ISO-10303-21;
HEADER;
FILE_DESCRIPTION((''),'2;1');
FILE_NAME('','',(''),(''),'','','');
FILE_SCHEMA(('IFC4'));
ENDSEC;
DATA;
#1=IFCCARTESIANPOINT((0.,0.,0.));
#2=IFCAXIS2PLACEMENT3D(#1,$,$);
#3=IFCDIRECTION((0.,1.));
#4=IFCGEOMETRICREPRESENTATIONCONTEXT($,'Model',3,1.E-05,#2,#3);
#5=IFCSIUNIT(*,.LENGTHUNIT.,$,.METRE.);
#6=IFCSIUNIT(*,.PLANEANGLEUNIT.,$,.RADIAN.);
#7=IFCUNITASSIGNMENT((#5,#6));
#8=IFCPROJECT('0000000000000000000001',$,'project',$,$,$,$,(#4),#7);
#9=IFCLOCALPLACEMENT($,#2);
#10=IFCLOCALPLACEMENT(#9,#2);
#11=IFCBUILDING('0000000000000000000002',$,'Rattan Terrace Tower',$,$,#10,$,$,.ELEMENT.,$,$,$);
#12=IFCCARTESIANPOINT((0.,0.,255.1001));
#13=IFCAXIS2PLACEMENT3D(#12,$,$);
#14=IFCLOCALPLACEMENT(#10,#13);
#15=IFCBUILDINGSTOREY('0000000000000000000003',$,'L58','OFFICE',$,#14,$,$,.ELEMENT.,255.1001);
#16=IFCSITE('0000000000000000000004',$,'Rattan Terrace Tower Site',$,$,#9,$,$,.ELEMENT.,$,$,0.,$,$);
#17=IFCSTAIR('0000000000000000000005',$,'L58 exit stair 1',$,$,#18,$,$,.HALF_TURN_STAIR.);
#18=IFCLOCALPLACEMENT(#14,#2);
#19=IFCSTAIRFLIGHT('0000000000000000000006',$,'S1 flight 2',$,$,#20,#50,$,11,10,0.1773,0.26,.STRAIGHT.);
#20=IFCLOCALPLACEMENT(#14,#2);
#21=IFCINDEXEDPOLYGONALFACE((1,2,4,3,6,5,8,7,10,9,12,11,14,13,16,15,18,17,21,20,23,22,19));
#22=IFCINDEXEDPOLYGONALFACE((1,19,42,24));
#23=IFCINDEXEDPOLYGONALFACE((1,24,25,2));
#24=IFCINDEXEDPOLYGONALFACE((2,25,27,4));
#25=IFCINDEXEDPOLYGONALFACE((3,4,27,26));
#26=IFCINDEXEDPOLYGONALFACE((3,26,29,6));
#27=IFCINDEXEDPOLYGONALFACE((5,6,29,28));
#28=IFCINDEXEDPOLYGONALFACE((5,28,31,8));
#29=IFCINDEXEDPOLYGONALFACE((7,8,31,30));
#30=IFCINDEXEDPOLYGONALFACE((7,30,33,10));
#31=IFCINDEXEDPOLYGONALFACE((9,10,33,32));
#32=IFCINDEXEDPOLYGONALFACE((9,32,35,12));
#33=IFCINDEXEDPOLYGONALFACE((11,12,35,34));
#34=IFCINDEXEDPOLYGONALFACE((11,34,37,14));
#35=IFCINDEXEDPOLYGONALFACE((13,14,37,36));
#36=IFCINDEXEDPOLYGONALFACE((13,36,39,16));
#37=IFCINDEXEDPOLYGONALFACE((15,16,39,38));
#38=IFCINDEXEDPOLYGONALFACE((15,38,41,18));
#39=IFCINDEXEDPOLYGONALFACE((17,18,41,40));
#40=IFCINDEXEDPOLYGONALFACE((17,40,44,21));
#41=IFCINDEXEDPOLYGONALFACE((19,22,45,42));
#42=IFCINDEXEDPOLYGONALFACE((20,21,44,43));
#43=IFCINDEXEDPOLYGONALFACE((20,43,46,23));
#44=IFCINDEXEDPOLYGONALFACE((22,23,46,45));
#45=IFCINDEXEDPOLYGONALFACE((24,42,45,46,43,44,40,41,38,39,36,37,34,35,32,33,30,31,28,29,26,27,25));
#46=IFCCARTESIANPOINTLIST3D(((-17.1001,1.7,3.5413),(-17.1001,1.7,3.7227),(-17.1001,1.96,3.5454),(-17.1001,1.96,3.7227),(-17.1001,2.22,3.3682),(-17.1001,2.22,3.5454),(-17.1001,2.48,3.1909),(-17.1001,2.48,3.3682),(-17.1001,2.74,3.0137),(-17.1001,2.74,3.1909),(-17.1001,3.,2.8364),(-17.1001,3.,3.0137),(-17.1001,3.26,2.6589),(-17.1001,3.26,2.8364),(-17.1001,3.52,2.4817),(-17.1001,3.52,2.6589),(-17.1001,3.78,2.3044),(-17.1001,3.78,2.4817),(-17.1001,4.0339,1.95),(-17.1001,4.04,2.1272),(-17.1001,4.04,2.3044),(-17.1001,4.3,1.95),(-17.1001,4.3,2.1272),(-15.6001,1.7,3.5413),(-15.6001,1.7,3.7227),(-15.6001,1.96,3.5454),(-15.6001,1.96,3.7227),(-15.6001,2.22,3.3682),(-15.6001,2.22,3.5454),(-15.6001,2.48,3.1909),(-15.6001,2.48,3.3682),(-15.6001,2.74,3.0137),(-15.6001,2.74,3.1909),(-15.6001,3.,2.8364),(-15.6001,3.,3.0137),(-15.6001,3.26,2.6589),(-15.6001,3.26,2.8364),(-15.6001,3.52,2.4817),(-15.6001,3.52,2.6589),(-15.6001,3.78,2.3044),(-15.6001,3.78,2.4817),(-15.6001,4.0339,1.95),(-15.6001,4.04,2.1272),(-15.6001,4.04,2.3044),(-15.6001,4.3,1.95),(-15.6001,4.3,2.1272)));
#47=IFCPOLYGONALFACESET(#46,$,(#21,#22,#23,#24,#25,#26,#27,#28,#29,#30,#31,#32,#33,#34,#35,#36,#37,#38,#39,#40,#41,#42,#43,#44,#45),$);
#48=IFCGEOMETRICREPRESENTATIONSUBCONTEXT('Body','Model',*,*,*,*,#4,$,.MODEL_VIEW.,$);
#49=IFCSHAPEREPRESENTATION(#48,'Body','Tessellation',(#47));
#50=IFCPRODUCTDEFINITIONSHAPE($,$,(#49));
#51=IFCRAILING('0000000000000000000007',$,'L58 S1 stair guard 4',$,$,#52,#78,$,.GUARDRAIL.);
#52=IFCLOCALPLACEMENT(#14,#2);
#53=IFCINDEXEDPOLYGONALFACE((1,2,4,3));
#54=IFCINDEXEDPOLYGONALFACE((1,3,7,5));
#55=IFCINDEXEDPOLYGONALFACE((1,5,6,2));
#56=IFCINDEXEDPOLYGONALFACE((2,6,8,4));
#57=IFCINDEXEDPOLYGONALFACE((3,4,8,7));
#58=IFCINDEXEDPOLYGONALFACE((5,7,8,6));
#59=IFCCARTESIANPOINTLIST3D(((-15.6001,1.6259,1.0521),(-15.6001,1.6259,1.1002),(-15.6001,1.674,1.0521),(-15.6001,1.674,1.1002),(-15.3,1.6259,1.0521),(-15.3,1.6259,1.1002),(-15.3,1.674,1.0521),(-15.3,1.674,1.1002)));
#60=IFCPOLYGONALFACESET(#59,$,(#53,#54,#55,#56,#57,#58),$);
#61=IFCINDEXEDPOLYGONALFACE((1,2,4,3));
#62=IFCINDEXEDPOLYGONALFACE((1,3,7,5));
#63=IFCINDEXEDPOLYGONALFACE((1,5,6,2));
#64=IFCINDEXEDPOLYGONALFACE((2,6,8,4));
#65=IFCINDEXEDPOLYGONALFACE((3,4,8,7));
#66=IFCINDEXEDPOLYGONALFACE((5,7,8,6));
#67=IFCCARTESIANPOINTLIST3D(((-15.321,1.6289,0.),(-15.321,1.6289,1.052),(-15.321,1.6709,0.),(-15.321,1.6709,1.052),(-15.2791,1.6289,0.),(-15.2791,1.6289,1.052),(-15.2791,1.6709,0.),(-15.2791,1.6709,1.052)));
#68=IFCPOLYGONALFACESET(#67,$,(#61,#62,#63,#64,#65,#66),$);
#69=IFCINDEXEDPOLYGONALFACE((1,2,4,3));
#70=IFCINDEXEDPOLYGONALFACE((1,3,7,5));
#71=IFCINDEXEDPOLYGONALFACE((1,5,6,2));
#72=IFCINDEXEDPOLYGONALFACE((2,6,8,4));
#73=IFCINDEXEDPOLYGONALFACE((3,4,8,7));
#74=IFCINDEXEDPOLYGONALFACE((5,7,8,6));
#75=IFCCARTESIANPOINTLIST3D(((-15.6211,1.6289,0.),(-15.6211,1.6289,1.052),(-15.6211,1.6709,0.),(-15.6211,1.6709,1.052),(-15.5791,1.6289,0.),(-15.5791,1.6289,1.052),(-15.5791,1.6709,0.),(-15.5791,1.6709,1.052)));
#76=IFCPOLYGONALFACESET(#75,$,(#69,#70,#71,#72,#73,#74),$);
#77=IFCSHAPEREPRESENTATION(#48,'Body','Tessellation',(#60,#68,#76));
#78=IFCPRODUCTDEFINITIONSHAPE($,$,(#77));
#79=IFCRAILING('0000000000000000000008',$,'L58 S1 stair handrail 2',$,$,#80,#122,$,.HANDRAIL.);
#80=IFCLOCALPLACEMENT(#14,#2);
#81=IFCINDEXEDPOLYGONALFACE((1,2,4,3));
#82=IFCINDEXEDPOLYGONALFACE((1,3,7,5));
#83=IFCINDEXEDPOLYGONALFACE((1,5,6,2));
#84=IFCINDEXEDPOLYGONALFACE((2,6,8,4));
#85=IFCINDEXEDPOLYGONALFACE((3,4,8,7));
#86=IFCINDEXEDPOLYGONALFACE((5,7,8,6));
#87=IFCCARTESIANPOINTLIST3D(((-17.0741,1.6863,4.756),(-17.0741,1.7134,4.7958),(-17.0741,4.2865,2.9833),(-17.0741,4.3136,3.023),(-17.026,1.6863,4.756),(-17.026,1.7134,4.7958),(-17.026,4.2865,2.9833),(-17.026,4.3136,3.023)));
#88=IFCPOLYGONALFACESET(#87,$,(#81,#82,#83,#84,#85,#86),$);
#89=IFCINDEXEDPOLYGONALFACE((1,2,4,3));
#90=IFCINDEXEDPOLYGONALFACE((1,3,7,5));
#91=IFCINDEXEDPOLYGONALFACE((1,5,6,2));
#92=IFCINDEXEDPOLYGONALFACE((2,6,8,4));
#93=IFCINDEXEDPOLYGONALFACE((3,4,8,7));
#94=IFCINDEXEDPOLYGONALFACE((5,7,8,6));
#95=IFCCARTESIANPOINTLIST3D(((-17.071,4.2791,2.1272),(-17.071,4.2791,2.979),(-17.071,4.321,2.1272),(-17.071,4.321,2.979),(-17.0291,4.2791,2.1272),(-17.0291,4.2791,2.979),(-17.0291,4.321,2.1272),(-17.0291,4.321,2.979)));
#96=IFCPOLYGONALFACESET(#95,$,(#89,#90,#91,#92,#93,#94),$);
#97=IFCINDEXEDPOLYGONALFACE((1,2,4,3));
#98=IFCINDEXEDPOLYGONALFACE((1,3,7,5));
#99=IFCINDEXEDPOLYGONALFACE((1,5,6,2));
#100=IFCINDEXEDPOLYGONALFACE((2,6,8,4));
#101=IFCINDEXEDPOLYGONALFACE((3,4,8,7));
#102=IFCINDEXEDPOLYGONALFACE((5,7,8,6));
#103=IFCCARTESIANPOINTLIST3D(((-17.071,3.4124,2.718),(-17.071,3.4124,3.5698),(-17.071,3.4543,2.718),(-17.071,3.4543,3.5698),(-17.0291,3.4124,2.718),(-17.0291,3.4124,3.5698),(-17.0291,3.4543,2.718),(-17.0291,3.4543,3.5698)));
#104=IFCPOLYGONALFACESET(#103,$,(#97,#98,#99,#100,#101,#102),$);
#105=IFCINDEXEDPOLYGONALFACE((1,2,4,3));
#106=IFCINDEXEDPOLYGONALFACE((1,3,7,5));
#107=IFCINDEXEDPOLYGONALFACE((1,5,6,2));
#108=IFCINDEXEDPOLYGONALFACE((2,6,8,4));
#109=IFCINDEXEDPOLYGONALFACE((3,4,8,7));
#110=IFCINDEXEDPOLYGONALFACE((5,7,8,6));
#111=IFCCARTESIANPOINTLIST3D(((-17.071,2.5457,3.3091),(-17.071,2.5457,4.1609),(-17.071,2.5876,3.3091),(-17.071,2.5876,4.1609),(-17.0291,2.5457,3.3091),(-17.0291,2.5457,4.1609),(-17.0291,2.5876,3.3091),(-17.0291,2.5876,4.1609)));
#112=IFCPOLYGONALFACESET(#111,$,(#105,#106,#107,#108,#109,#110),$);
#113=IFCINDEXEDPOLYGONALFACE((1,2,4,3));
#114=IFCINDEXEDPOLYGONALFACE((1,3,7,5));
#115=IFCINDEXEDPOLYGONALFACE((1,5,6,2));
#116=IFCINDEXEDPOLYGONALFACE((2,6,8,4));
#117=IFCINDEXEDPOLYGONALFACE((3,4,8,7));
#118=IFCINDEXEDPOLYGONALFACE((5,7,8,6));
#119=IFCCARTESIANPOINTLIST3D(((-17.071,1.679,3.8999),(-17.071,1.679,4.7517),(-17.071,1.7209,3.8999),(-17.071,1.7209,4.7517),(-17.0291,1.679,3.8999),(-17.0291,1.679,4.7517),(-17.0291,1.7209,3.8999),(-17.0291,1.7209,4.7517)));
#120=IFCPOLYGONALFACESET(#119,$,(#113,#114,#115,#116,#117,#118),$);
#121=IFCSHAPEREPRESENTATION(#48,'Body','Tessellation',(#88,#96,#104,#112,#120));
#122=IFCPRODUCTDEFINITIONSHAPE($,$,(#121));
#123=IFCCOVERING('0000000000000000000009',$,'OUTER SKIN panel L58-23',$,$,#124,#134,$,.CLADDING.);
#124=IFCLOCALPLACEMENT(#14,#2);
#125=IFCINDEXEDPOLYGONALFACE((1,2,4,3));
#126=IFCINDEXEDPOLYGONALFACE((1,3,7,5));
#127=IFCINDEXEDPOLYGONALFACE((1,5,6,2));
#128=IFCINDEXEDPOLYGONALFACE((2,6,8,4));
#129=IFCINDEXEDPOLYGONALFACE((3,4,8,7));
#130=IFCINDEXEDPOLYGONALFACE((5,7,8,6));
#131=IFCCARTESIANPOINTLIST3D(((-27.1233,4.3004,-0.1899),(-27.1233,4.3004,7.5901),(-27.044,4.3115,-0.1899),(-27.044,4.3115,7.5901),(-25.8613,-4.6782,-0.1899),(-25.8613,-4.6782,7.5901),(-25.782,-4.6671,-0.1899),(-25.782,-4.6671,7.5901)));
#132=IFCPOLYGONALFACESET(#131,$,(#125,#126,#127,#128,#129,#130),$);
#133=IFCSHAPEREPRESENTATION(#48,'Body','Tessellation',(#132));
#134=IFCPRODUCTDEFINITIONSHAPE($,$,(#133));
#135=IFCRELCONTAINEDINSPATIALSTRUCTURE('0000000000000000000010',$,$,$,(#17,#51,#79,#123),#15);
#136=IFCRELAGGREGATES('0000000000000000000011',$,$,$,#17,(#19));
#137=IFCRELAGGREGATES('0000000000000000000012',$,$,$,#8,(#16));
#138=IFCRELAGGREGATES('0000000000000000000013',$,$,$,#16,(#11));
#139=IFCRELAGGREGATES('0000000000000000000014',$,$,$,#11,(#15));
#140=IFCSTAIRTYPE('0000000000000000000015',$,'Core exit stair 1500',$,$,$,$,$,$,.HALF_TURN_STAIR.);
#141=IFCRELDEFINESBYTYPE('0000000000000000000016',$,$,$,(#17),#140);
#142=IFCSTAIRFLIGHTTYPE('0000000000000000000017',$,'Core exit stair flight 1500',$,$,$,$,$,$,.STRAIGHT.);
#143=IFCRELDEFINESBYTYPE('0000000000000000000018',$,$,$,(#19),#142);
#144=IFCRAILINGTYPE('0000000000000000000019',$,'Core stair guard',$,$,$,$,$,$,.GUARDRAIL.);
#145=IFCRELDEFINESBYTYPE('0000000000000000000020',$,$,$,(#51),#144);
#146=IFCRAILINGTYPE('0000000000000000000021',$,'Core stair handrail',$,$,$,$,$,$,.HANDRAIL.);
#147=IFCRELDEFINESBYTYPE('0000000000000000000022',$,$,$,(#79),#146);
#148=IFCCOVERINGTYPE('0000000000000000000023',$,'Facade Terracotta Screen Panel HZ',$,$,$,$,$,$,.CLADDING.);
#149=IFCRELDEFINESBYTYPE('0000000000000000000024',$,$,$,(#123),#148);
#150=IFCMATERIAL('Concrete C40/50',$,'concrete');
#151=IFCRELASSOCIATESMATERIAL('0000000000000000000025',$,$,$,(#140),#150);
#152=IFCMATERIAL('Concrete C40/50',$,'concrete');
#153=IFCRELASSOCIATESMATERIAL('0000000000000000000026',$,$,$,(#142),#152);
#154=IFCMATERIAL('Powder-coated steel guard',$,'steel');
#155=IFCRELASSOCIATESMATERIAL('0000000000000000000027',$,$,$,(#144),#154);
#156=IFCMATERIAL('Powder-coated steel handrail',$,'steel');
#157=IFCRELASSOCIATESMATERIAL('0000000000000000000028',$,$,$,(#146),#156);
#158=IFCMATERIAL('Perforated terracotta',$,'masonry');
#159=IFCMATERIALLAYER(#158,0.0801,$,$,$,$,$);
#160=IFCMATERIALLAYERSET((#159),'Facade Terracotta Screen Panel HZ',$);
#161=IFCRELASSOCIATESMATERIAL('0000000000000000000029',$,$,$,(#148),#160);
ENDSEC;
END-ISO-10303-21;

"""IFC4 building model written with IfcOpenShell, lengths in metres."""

from ifc_helpers import new_model, si_unit, direction, frame, origin, origin_2d, place, context, subcontext, project, spatial, polyline, rectangle, outline, extrude, material, layer, layer_set, type_object, element, aggregate, save


model = new_model("IFC4")

# Units and contexts
model_context = context("Model", 3, precision=1e-05, world=origin(), true_north=direction((0.0, 1.0)))
body_context = subcontext(model_context, "Body", "Model", "MODEL_VIEW")
ifc_project = project(units=[si_unit("LENGTHUNIT", "METRE"), si_unit("PLANEANGLEUNIT", "RADIAN")], contexts=[model_context])

# Site, building, storey
site_placement = place(None, origin())
site = spatial("IfcSite", under=ifc_project, at=site_placement, Name="Rattan Terrace Tower Site", CompositionType="ELEMENT", RefElevation=0.0)
building_placement = place(site_placement, origin())
building = spatial("IfcBuilding", under=site, at=building_placement, Name="Rattan Terrace Tower", CompositionType="ELEMENT")
storey_placement = place(building_placement, frame((0.0, 0.0, 255.1001)))
storey = spatial("IfcBuildingStorey", under=building, at=storey_placement, Name="L58", Description="OFFICE", CompositionType="ELEMENT", Elevation=255.1001)

# Stair, stair flight
ifc_material_1 = material(Name="Concrete C40/50", Category="concrete")
stair_type = type_object("IfcStairType", Name="Core exit stair 1500", PredefinedType="HALF_TURN_STAIR", material=ifc_material_1)
stair_placement = place(storey_placement, origin())
stair = element("IfcStair", 1, at=stair_placement, inside=storey, type_object=stair_type, Name="L58 exit stair 1", PredefinedType="HALF_TURN_STAIR")
ifc_material_2 = material(Name="Concrete C40/50", Category="concrete")
stair_flight_type = type_object("IfcStairFlightType", Name="Core exit stair flight 1500", PredefinedType="STRAIGHT", material=ifc_material_2)
stair_flight_placement = place(storey_placement, frame((-16.3501, 4.3, 1.95), z_axis=(0.0, 0.0, 1.0), x_axis=(0.0, -1.0, 0.0)))
stair_flight = element("IfcStairFlight", 2, at=stair_flight_placement, type_object=stair_flight_type, Name="S1 flight 2", NumberOfRisers=11, NumberOfTreads=10, PredefinedType="STRAIGHT", RiserHeight=0.1773, TreadLength=0.26, context=body_context, shape_type="SweptSolid", body=[
    extrude(outline(polyline([(0.0, 0.0), (0.0, 0.1772), (0.26, 0.1772), (0.26, 0.3545), (0.52, 0.3545), (0.52, 0.5317), (0.78, 0.5317), (0.78, 0.709), (1.04, 0.709), (1.04, 0.8865), (1.3, 0.8865), (1.3, 1.0637), (1.5601, 1.0637), (1.5601, 1.241), (1.8201, 1.241), (1.8201, 1.4182), (2.0801, 1.4182), (2.0801, 1.5955), (2.3401, 1.5955), (2.3401, 1.7727), (2.6001, 1.7727), (2.6001, 1.95), (2.6001, 1.5913), (0.2661, 0.0), (0.0, 0.0)])), frame((0.0, 0.75, 0.0), z_axis=(0.0, -1.0, 0.0), x_axis=(1.0, 0.0, 0.0)), (0.0, 0.0, 1.0), 1.5),
])
aggregate(stair, [stair_flight])

# Railings
ifc_material_3 = material(Name="Powder-coated steel guard", Category="steel")
railing_type_1 = type_object("IfcRailingType", Name="Core stair guard", PredefinedType="GUARDRAIL", material=ifc_material_3)
railing_1_placement = place(storey_placement, frame((-15.3, 1.6499, 0.0)))
element("IfcRailing", 3, at=railing_1_placement, inside=storey, type_object=railing_type_1, Name="L58 S1 stair guard 4", PredefinedType="GUARDRAIL", context=body_context, shape_type="SweptSolid", body=[
    extrude(rectangle(XDim=0.0481, YDim=0.0481, at=origin_2d()), frame((0.0, 0.0, 1.0762), z_axis=(-1.0, 0.0, 0.0), x_axis=(0.0, -1.0, 0.0)), (0.0, 0.0, 1.0), 0.3),
    extrude(rectangle(XDim=0.042, YDim=0.042, at=origin_2d()), origin(), (0.0, 0.0, 1.0), 1.052),
    extrude(rectangle(XDim=0.042, YDim=0.042, at=origin_2d()), frame((-0.3, 0.0, 0.0)), (0.0, 0.0, 1.0), 1.052),
])
ifc_material_4 = material(Name="Powder-coated steel handrail", Category="steel")
railing_type_2 = type_object("IfcRailingType", Name="Core stair handrail", PredefinedType="HANDRAIL", material=ifc_material_4)
railing_2_placement = place(storey_placement, frame((-17.05, 4.3, 2.1272)))
element("IfcRailing", 4, at=railing_2_placement, inside=storey, type_object=railing_type_2, Name="L58 S1 stair handrail 2", PredefinedType="HANDRAIL", context=body_context, shape_type="SweptSolid", body=[
    extrude(rectangle(XDim=0.0481, YDim=0.0481, at=origin_2d()), frame((0.0, 0.0, 0.876), z_axis=(0.0, -0.82624, 0.563318), x_axis=(1.0, 0.0, 0.0)), (0.0, 0.0, 1.0), 3.147),
    extrude(rectangle(XDim=0.042, YDim=0.042, at=origin_2d()), origin(), (0.0, 0.0, 1.0), 0.8518),
    extrude(rectangle(XDim=0.042, YDim=0.042, at=origin_2d()), frame((0.0, -0.8667, 0.5908)), (0.0, 0.0, 1.0), 0.8518),
    extrude(rectangle(XDim=0.042, YDim=0.042, at=origin_2d()), frame((0.0, -1.7334, 1.1819)), (0.0, 0.0, 1.0), 0.8518),
    extrude(rectangle(XDim=0.042, YDim=0.042, at=origin_2d()), frame((0.0, -2.6001, 1.7727)), (0.0, 0.0, 1.0), 0.8518),
])

# Covering
ifc_material_5 = material(Name="Perforated terracotta", Category="masonry")
ifc_layer_1 = layer(ifc_material_5, 0.0801)
ifc_layer_set_1 = layer_set([ifc_layer_1], Name="Facade Terracotta Screen Panel HZ")
covering_type = type_object("IfcCoveringType", Name="Facade Terracotta Screen Panel HZ", PredefinedType="CLADDING", material=ifc_layer_set_1)
covering_placement = place(storey_placement, frame((-26.4526, -0.1833, -0.1899), z_axis=(0.0, 0.0, 1.0), x_axis=(0.139192, -0.990265, 0.0)))
element("IfcCovering", 5, at=covering_placement, inside=storey, type_object=covering_type, Name="OUTER SKIN panel L58-23", PredefinedType="CLADDING", context=body_context, shape_type="SweptSolid", body=[
    extrude(rectangle(XDim=9.0669, YDim=0.0801, at=origin_2d()), origin(), (0.0, 0.0, 1.0), 7.78),
])

save(model, "model.ifc")
